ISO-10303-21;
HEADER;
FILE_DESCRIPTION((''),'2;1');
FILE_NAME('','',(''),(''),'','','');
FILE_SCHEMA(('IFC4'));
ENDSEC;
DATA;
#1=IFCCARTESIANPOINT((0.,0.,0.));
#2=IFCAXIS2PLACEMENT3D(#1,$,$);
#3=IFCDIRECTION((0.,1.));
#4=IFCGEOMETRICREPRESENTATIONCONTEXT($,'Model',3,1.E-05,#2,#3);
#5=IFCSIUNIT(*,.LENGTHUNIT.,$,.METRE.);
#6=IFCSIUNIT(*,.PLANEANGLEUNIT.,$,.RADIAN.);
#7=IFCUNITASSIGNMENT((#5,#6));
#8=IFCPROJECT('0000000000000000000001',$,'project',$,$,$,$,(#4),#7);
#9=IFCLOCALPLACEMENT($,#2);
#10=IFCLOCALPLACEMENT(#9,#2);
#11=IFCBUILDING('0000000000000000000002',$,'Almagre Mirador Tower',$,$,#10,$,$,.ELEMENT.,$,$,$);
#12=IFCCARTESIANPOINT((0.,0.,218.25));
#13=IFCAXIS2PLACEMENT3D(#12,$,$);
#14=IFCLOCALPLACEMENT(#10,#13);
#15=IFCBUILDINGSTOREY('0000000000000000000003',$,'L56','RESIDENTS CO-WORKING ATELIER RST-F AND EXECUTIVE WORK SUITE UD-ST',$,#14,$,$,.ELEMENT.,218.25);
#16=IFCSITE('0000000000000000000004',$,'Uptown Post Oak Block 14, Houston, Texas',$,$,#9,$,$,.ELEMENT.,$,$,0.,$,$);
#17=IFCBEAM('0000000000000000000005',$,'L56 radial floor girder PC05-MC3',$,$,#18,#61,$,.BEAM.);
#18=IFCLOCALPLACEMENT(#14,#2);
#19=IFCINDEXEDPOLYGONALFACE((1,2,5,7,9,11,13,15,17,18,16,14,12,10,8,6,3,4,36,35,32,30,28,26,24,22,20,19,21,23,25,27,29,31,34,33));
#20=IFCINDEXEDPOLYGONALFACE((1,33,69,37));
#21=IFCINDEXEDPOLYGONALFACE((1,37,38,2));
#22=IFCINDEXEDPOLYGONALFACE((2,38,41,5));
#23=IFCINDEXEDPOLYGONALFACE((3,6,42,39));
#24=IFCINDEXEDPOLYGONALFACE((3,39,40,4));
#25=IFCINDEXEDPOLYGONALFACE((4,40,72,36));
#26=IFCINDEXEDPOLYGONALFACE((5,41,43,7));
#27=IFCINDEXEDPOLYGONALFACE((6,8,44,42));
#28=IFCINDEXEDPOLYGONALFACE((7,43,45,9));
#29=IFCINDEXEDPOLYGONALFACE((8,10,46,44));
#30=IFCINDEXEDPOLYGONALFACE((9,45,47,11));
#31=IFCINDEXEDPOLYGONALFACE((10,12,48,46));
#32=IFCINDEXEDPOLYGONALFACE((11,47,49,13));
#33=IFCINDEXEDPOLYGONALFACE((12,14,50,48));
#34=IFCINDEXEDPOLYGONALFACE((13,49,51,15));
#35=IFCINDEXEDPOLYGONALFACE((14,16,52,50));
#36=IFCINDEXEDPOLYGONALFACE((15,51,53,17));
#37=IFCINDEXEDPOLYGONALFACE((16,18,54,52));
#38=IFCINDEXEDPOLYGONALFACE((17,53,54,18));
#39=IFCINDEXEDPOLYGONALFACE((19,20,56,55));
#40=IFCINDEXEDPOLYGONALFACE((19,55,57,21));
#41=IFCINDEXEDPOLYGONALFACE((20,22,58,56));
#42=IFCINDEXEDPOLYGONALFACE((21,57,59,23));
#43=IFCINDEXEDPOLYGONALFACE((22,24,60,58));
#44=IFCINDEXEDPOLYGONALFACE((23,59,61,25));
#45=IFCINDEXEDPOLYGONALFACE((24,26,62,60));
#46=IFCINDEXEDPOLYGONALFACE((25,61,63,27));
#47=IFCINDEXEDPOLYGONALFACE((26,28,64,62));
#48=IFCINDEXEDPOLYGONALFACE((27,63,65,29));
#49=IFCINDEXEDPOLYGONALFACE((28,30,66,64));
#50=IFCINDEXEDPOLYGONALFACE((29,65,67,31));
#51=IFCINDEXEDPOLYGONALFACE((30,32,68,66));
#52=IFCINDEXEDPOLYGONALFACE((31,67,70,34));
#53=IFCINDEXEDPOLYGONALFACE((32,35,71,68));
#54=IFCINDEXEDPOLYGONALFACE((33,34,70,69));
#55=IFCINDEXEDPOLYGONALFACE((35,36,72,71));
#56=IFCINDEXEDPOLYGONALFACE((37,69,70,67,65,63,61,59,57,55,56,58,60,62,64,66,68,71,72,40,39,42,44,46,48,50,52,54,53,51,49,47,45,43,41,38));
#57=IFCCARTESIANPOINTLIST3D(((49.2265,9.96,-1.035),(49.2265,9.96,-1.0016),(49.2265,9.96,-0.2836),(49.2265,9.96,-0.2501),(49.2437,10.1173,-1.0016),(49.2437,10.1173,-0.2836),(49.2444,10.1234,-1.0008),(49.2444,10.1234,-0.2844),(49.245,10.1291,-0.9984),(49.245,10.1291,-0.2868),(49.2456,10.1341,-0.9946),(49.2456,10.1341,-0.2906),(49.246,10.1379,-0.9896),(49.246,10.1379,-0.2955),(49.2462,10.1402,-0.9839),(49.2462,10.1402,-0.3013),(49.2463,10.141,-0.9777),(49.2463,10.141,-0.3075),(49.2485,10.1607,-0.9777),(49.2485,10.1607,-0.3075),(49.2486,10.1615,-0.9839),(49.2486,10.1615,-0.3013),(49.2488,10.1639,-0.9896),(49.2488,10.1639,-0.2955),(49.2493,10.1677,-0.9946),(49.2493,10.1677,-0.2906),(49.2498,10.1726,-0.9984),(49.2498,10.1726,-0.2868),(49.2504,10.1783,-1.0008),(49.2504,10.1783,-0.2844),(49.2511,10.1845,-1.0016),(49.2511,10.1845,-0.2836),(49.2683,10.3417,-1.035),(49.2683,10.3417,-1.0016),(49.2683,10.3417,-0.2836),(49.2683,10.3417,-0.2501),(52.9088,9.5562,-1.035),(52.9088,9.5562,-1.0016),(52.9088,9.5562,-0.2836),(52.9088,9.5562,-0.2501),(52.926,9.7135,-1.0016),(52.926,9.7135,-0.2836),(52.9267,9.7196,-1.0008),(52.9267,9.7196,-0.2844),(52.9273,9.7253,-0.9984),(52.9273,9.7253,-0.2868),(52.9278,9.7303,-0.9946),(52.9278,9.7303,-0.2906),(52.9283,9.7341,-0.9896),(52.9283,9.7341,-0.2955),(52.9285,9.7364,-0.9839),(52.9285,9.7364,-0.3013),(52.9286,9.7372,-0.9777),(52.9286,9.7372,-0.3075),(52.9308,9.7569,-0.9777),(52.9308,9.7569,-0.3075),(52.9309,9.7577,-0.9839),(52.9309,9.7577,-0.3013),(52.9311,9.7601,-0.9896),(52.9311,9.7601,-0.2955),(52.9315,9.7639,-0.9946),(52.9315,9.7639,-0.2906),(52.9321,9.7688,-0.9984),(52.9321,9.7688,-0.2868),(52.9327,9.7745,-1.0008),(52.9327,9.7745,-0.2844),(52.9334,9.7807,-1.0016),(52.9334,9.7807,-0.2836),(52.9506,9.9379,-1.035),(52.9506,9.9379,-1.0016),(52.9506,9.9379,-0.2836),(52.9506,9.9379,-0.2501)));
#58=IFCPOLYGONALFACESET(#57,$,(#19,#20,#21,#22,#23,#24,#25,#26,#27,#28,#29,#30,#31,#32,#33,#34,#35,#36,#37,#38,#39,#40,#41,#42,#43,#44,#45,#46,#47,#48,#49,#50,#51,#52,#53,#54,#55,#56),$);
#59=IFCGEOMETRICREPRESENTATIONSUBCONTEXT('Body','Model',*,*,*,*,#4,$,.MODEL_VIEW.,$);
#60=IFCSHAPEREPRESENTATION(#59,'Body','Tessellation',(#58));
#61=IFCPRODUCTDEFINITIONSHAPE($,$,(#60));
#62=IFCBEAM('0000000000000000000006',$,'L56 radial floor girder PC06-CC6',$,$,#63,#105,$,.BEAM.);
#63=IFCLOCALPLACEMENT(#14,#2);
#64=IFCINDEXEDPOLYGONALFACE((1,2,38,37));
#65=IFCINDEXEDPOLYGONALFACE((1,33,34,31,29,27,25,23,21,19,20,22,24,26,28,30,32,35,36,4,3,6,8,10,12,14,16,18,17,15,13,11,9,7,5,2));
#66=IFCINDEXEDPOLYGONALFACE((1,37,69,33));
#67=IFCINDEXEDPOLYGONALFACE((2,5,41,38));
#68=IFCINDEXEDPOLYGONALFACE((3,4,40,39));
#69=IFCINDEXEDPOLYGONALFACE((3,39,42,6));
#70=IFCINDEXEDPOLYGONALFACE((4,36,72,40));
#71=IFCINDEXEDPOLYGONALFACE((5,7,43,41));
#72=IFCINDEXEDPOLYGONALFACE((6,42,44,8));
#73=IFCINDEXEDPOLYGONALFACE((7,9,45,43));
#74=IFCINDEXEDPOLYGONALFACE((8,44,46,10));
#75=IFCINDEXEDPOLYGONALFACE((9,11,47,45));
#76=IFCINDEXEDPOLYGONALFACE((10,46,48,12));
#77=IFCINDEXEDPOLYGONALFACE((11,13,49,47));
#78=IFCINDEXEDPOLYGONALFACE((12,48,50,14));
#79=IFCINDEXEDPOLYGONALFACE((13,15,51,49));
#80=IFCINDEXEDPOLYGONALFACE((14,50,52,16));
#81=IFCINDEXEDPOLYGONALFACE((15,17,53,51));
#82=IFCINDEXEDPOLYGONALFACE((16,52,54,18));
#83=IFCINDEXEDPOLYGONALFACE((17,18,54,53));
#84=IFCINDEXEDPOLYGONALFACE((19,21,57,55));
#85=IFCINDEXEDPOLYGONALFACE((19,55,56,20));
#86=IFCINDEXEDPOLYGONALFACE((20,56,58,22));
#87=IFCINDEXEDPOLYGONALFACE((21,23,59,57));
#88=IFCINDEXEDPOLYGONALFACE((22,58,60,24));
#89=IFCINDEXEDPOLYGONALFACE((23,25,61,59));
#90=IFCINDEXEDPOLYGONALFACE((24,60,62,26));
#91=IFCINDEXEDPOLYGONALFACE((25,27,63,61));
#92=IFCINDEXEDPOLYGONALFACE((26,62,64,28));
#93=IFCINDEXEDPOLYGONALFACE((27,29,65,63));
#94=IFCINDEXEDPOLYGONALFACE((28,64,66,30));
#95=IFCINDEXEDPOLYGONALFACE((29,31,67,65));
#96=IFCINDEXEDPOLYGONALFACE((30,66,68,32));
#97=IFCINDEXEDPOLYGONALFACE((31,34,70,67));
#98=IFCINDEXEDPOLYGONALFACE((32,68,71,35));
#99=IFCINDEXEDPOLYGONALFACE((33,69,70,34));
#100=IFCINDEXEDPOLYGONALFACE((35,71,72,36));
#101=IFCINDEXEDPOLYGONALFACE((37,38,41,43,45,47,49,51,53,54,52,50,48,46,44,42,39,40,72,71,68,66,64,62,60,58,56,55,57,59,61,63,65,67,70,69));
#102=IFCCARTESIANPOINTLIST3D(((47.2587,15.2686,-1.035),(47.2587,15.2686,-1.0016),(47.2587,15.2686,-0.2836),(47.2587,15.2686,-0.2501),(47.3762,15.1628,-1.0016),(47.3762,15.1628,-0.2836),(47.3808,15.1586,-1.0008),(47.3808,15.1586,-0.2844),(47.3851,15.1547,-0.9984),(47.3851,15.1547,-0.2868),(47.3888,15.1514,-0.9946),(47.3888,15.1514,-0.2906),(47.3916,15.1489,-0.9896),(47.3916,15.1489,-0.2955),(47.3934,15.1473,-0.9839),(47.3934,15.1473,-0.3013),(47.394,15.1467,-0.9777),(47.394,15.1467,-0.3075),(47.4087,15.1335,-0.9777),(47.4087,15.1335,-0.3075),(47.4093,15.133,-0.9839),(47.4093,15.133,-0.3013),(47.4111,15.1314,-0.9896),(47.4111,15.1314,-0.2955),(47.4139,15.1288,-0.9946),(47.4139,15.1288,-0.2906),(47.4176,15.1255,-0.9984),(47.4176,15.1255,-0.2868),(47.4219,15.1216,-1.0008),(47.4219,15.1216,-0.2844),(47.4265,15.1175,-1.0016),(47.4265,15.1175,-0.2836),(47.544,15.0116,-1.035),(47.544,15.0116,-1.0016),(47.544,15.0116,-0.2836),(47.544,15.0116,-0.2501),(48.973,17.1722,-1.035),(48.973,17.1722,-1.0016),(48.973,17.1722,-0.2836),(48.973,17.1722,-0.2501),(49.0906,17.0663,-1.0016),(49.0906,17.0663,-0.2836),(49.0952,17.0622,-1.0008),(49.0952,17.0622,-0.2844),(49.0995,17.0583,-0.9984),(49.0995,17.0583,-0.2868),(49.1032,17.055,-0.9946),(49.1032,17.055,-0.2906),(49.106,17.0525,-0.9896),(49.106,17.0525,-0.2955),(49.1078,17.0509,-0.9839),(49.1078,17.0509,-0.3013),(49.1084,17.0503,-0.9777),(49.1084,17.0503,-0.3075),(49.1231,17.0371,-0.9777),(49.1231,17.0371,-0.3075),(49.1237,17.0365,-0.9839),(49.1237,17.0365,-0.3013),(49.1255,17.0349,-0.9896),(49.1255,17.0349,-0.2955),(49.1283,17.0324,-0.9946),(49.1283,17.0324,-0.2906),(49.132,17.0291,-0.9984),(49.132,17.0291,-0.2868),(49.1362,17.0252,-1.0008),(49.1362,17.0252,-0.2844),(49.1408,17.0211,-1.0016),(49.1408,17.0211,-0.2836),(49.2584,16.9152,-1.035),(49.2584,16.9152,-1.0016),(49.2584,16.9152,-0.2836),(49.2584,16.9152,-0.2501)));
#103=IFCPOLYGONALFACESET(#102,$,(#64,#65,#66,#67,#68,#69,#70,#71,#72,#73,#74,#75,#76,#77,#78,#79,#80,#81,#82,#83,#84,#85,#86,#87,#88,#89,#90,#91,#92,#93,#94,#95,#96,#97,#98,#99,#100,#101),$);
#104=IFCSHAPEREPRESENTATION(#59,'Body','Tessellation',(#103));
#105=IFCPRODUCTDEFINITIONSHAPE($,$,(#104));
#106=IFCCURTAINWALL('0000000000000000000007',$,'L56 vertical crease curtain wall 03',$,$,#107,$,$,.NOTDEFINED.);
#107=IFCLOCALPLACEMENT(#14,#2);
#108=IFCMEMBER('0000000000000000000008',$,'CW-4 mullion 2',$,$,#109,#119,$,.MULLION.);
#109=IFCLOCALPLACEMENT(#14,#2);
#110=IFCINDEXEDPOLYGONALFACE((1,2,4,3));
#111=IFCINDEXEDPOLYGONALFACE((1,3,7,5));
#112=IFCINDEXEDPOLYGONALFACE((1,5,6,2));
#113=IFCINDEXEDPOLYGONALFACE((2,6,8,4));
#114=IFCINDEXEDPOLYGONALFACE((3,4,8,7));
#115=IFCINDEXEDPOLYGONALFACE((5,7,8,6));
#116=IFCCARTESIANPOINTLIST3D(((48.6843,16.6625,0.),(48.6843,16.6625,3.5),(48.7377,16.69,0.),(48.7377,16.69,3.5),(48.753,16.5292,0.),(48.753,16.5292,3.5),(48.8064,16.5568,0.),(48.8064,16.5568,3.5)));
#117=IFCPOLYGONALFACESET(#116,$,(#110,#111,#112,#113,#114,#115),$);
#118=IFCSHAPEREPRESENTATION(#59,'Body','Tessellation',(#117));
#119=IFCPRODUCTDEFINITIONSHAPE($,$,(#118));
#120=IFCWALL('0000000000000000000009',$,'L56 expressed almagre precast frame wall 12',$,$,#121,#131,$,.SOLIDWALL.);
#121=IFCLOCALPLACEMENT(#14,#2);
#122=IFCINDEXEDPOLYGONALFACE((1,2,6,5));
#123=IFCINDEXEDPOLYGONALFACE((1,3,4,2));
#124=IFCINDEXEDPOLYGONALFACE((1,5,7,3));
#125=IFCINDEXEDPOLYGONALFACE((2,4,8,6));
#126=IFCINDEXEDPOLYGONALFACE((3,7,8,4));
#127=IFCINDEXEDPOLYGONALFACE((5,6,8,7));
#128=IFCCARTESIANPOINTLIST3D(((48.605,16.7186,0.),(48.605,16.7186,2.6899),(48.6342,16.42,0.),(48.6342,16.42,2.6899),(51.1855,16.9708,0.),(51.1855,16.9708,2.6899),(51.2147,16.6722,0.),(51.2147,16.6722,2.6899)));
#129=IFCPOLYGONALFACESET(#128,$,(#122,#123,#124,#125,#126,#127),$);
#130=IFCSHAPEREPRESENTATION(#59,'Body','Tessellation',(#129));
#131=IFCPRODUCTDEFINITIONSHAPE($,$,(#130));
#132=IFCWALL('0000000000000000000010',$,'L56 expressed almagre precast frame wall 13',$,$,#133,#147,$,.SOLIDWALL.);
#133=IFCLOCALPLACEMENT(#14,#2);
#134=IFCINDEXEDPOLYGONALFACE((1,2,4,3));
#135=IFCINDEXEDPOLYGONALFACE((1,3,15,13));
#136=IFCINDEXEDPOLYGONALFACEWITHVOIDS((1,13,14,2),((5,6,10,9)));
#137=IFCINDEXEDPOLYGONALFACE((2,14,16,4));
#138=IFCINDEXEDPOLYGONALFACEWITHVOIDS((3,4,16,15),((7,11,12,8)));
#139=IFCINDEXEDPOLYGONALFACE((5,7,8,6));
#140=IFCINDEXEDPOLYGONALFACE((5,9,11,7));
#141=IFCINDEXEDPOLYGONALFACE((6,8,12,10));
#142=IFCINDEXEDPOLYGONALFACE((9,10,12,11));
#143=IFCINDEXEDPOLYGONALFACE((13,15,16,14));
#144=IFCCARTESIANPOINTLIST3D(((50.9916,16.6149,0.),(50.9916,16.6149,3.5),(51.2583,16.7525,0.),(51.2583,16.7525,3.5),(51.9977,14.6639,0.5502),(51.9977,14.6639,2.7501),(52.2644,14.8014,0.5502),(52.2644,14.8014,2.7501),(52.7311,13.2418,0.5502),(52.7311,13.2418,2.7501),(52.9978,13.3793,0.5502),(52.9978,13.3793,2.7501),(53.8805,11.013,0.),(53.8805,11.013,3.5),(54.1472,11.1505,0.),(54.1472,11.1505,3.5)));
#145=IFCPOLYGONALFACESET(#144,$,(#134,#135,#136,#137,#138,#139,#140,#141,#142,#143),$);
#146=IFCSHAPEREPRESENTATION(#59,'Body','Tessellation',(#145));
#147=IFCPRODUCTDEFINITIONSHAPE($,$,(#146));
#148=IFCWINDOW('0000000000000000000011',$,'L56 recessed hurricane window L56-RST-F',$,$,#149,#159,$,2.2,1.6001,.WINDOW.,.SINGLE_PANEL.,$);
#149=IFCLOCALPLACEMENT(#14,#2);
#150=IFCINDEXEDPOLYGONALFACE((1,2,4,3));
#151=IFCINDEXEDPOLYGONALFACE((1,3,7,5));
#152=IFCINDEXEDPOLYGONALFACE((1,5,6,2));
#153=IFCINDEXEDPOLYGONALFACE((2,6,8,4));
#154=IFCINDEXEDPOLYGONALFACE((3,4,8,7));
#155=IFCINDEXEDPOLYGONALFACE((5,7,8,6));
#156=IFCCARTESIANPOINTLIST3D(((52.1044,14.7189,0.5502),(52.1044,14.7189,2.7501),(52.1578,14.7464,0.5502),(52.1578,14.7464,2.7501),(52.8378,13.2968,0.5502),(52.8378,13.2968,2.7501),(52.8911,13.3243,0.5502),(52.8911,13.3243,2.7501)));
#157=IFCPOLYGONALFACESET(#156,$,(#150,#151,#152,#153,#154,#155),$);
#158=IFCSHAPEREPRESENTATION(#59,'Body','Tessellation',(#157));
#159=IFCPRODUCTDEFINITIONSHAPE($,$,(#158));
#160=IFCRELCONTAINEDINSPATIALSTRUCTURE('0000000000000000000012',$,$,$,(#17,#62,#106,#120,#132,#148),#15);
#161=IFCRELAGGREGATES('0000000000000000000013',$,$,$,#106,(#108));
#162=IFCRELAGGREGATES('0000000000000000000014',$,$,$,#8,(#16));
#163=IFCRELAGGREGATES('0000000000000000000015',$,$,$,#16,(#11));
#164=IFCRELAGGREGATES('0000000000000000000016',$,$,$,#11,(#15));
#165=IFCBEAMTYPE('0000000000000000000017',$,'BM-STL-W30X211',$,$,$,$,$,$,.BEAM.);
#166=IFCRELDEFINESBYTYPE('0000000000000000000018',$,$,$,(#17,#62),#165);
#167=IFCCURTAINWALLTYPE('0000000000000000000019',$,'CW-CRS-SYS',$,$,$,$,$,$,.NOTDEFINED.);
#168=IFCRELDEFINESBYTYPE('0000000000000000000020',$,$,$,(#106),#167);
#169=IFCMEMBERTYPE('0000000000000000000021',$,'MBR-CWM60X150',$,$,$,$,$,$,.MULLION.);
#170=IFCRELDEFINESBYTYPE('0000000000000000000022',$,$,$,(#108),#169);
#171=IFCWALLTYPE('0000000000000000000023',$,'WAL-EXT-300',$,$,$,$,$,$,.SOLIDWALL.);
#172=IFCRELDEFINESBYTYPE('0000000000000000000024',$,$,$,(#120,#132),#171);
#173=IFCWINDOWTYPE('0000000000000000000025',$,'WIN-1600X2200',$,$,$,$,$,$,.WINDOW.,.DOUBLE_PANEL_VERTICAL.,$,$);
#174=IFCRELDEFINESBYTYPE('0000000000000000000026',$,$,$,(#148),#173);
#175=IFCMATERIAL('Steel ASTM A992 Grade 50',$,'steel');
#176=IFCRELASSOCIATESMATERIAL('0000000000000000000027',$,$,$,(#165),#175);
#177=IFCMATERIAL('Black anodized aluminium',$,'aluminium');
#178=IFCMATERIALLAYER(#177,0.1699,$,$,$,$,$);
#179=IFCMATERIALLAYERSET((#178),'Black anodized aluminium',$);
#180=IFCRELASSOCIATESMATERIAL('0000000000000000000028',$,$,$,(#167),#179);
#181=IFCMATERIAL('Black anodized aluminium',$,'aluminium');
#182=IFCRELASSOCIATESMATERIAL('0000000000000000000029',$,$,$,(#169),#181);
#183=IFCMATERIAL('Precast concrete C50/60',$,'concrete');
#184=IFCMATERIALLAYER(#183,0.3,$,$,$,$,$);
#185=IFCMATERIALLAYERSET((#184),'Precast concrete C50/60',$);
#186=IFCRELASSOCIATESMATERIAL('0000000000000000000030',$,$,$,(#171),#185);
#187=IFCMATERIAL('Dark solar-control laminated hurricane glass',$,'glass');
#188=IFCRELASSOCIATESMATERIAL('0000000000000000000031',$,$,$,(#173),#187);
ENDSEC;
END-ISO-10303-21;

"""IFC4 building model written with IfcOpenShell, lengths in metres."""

from ifc_helpers import new_model, si_unit, direction, frame, frame_2d, origin, origin_2d, place, context, subcontext, project, spatial, rectangle, i_section, extrude, material, layer, layer_set, material_profile, profile_set, type_object, element, fill, aggregate, save


model = new_model("IFC4")

# Units and contexts
model_context = context("Model", 3, precision=1e-05, world=origin(), true_north=direction((0.0, 1.0)))
body_context = subcontext(model_context, "Body", "Model", "MODEL_VIEW")
ifc_project = project(units=[si_unit("LENGTHUNIT", "METRE"), si_unit("PLANEANGLEUNIT", "RADIAN")], contexts=[model_context])

# Site, building, storey
site_placement = place(None, origin())
site = spatial("IfcSite", under=ifc_project, at=site_placement, Name="Uptown Post Oak Block 14, Houston, Texas", CompositionType="ELEMENT", RefElevation=0.0)
building_placement = place(site_placement, origin())
building = spatial("IfcBuilding", under=site, at=building_placement, Name="Almagre Mirador Tower", CompositionType="ELEMENT")
storey_placement = place(building_placement, frame((0.0, 0.0, 218.25)))
storey = spatial("IfcBuildingStorey", under=building, at=storey_placement, Name="L56", Description="RESIDENTS CO-WORKING ATELIER RST-F AND EXECUTIVE WORK SUITE UD-ST", CompositionType="ELEMENT", Elevation=218.25)

# Beams
ifc_material_1 = material(Name="Steel ASTM A992 Grade 50", Category="steel")
ifc_material_profile_1 = material_profile(ifc_material_1, i_section(OverallWidth=0.384, OverallDepth=0.7849, WebThickness=0.0198, FlangeThickness=0.0334, FilletRadius=0.0239, at=origin_2d()), Name="W30X211")
ifc_profile_set_1 = profile_set([ifc_material_profile_1], Name="Steel ASTM A992 Grade 50")
beam_type_1 = type_object("IfcBeamType", Name="BM-STL-W30X211", PredefinedType="BEAM", material=ifc_profile_set_1)
beam_1_placement = place(storey_placement, frame((52.9297, 9.7471, -0.6426), z_axis=(-0.994041, 0.109006, 0.0), x_axis=(-0.109006, -0.994041, 0.0)))
element("IfcBeam", 1, at=beam_1_placement, inside=storey, type_object=beam_type_1, Name="L56 radial floor girder PC05-MC3", PredefinedType="BEAM", context=body_context, shape_type="SweptSolid", body=[
    extrude(i_section(OverallWidth=0.384, OverallDepth=0.7849, WebThickness=0.0198, FlangeThickness=0.0334, FilletRadius=0.0239, at=origin_2d()), origin(), (0.0, 0.0, 1.0), 3.7043),
])
beam_2_placement = place(storey_placement, frame((49.1157, 17.0437, -0.6426), z_axis=(-0.669212, -0.743071, 0.0), x_axis=(0.743071, -0.669212, 0.0)))
element("IfcBeam", 2, at=beam_2_placement, inside=storey, type_object=beam_type_1, Name="L56 radial floor girder PC06-CC6", PredefinedType="BEAM", context=body_context, shape_type="SweptSolid", body=[
    extrude(i_section(OverallWidth=0.384, OverallDepth=0.7849, WebThickness=0.0198, FlangeThickness=0.0334, FilletRadius=0.0239, at=origin_2d()), origin(), (0.0, 0.0, 1.0), 2.5618),
])

# Curtain wall, member
ifc_material_2 = material(Name="Black anodized aluminium", Category="aluminium")
ifc_layer_1 = layer(ifc_material_2, 0.1699)
ifc_layer_set_1 = layer_set([ifc_layer_1], Name="Black anodized aluminium")
curtain_wall_type = type_object("IfcCurtainWallType", Name="CW-CRS-SYS", PredefinedType="NOTDEFINED", material=ifc_layer_set_1)
curtain_wall_placement = place(storey_placement, origin())
curtain_wall = element("IfcCurtainWall", 3, at=curtain_wall_placement, inside=storey, type_object=curtain_wall_type, Name="L56 vertical crease curtain wall 03", PredefinedType="NOTDEFINED")
ifc_material_3 = material(Name="Black anodized aluminium", Category="aluminium")
ifc_material_profile_2 = material_profile(ifc_material_3, rectangle(XDim=0.0601, YDim=0.1499, at=origin_2d()), Name="CWM60X150")
ifc_profile_set_2 = profile_set([ifc_material_profile_2], Name="Black anodized aluminium")
member_type = type_object("IfcMemberType", Name="MBR-CWM60X150", PredefinedType="MULLION", material=ifc_profile_set_2)
member_placement = place(storey_placement, frame((48.7454, 16.6096, 0.0), z_axis=(0.0, 0.0, 1.0), x_axis=(0.888709, 0.458472, 0.0)))
member = element("IfcMember", 4, at=member_placement, type_object=member_type, Name="CW-4 mullion 2", PredefinedType="MULLION", context=body_context, shape_type="SweptSolid", body=[
    extrude(rectangle(XDim=0.0601, YDim=0.1499, at=origin_2d()), origin(), (0.0, 0.0, 1.0), 3.5),
])
aggregate(curtain_wall, [member])

# Wall
ifc_material_4 = material(Name="Precast concrete C50/60", Category="concrete")
ifc_layer_2 = layer(ifc_material_4, 0.3)
ifc_layer_set_2 = layer_set([ifc_layer_2], Name="Precast concrete C50/60")
wall_type_1 = type_object("IfcWallType", Name="WAL-EXT-300", PredefinedType="SOLIDWALL", material=ifc_layer_set_2)
wall_1_placement = place(storey_placement, frame((48.6196, 16.5693, 0.0), z_axis=(0.0, 0.0, 1.0), x_axis=(0.995258, 0.097266, 0.0)))
element("IfcWall", 5, at=wall_1_placement, inside=storey, type_object=wall_type_1, Name="L56 expressed almagre precast frame wall 12", PredefinedType="SOLIDWALL", context=body_context, shape_type="SweptSolid", body=[
    extrude(rectangle(XDim=2.5928, YDim=0.3, at=frame_2d((1.2964, 0.0))), origin(), (0.0, 0.0, 1.0), 2.6899),
])

# Wall, opening, window
wall_2_placement = place(storey_placement, frame((51.125, 16.6836, 0.0), z_axis=(0.0, 0.0, 1.0), x_axis=(0.458334, -0.88878, 0.0)))
wall_2 = element("IfcWall", 6, at=wall_2_placement, inside=storey, type_object=wall_type_1, Name="L56 expressed almagre precast frame wall 13", PredefinedType="SOLIDWALL", context=body_context, shape_type="SweptSolid", body=[
    extrude(rectangle(XDim=6.303, YDim=0.3, at=frame_2d((3.1514, 0.0))), origin(), (0.0, 0.0, 1.0), 3.5),
])
opening_1_placement = place(wall_2_placement, frame((2.1951, 0.0, 0.55)))
opening_1 = element("IfcOpeningElement", 7, at=opening_1_placement, cuts=wall_2, PredefinedType="OPENING", context=body_context, shape_type="SweptSolid", body=[
    extrude(rectangle(XDim=1.6001, YDim=2.2, at=frame_2d((0.8, 1.1001))), frame((0.0, 0.1599, 0.0), z_axis=(0.0, -1.0, 0.0), x_axis=(1.0, 0.0, 0.0)), (0.0, 0.0, 1.0), 0.32),
])
ifc_material_5 = material(Name="Dark solar-control laminated hurricane glass", Category="glass")
window_type_1 = type_object("IfcWindowType", Name="WIN-1600X2200", PartitioningType="DOUBLE_PANEL_VERTICAL", PredefinedType="WINDOW", material=ifc_material_5)
window_1_placement = place(opening_1_placement, origin())
window_1 = element("IfcWindow", 8, at=window_1_placement, inside=storey, type_object=window_type_1, Name="L56 recessed hurricane window L56-RST-F", OverallHeight=2.2, OverallWidth=1.6001, PartitioningType="SINGLE_PANEL", PredefinedType="WINDOW", context=body_context, shape_type="SweptSolid", body=[
    extrude(rectangle(XDim=1.6001, YDim=2.2, at=frame_2d((0.8, 1.1001))), frame((0.0, 0.03, 0.0), z_axis=(0.0, -1.0, 0.0), x_axis=(1.0, 0.0, 0.0)), (0.0, 0.0, 1.0), 0.0601),
])
fill(opening_1, window_1)

save(model, "model.ifc")
